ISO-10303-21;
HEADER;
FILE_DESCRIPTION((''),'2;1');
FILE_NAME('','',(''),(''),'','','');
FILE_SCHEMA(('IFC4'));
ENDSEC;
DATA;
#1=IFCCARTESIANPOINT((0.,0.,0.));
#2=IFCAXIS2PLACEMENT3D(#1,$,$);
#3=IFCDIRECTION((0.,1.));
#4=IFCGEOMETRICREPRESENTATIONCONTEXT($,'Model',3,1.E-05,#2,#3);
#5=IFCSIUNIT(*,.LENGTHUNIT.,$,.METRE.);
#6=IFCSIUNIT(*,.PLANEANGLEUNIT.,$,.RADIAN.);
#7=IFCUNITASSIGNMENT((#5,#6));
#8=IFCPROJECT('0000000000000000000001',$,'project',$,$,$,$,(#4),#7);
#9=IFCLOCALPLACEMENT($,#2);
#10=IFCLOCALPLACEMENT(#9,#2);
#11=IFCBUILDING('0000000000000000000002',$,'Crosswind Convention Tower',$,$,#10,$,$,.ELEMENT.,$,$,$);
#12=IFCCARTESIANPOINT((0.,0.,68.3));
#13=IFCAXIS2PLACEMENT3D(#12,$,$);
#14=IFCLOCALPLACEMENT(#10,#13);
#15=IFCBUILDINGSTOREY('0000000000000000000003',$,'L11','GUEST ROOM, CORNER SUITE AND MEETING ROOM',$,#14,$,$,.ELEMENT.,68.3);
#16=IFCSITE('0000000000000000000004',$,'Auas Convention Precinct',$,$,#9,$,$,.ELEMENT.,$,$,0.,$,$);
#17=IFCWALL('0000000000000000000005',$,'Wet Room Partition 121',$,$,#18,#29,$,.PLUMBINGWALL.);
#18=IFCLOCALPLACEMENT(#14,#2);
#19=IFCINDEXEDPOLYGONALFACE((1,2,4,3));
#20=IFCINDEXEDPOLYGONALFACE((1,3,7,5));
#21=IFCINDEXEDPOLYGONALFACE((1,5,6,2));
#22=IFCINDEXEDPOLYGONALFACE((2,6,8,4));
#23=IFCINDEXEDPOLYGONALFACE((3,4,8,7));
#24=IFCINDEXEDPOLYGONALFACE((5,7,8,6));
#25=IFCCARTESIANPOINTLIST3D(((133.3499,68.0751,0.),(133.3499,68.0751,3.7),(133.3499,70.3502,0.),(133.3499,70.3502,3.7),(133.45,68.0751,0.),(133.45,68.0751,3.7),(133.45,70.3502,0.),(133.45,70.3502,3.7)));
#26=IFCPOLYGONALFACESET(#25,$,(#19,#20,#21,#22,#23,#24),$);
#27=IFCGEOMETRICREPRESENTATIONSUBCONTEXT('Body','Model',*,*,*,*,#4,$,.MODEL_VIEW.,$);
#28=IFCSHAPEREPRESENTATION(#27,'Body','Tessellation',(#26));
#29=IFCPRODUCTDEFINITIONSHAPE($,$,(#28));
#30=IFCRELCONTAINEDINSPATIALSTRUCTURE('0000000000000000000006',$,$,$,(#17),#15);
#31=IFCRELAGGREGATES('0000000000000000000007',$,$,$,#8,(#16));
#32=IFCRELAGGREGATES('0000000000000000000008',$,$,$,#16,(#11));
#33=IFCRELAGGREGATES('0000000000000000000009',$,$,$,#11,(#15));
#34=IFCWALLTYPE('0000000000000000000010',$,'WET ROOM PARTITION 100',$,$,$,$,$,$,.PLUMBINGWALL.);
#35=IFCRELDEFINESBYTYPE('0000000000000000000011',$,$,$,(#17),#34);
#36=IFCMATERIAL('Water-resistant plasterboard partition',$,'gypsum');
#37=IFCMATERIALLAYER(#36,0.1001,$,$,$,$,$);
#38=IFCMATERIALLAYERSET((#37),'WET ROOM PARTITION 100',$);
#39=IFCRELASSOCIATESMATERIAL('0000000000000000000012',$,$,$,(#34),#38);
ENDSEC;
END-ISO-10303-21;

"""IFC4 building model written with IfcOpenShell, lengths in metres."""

from ifc_helpers import new_model, si_unit, direction, frame, frame_2d, origin, place, context, subcontext, project, spatial, rectangle, extrude, material, layer, layer_set, type_object, element, save


model = new_model("IFC4")

# Units and contexts
model_context = context("Model", 3, precision=1e-05, world=origin(), true_north=direction((0.0, 1.0)))
body_context = subcontext(model_context, "Body", "Model", "MODEL_VIEW")
ifc_project = project(units=[si_unit("LENGTHUNIT", "METRE"), si_unit("PLANEANGLEUNIT", "RADIAN")], contexts=[model_context])

# Site, building, storey
site_placement = place(None, origin())
site = spatial("IfcSite", under=ifc_project, at=site_placement, Name="Auas Convention Precinct", CompositionType="ELEMENT", RefElevation=0.0)
building_placement = place(site_placement, origin())
building = spatial("IfcBuilding", under=site, at=building_placement, Name="Crosswind Convention Tower", CompositionType="ELEMENT")
storey_placement = place(building_placement, frame((0.0, 0.0, 68.3)))
storey = spatial("IfcBuildingStorey", under=building, at=storey_placement, Name="L11", Description="GUEST ROOM, CORNER SUITE AND MEETING ROOM", CompositionType="ELEMENT", Elevation=68.3)

# Shared definitions
ifc_material_1 = material(Name="Water-resistant plasterboard partition", Category="gypsum")
ifc_layer_1 = layer(ifc_material_1, 0.1001)
ifc_layer_set_1 = layer_set([ifc_layer_1], Name="WET ROOM PARTITION 100")
wall_type_1 = type_object("IfcWallType", Name="WET ROOM PARTITION 100", PredefinedType="PLUMBINGWALL", material=ifc_layer_set_1)

# Wall
for number, where, z_axis, x_axis, name in (
    (1, (133.3999, 68.075, 0.0), (0.0, 0.0, 1.0), (0.0, 1.0, 0.0), "Wet Room Partition 121"),
):
    element("IfcWall", number, at=place(storey_placement, frame(where, z_axis=z_axis, x_axis=x_axis)), inside=storey, type_object=wall_type_1, Name=name, PredefinedType="PLUMBINGWALL", context=body_context, shape_type="SweptSolid", body=[
        extrude(rectangle(XDim=2.2751, YDim=0.1001, at=frame_2d((1.1377, 0.0))), origin(), (0.0, 0.0, 1.0), 3.7),
    ])

save(model, "model.ifc")
